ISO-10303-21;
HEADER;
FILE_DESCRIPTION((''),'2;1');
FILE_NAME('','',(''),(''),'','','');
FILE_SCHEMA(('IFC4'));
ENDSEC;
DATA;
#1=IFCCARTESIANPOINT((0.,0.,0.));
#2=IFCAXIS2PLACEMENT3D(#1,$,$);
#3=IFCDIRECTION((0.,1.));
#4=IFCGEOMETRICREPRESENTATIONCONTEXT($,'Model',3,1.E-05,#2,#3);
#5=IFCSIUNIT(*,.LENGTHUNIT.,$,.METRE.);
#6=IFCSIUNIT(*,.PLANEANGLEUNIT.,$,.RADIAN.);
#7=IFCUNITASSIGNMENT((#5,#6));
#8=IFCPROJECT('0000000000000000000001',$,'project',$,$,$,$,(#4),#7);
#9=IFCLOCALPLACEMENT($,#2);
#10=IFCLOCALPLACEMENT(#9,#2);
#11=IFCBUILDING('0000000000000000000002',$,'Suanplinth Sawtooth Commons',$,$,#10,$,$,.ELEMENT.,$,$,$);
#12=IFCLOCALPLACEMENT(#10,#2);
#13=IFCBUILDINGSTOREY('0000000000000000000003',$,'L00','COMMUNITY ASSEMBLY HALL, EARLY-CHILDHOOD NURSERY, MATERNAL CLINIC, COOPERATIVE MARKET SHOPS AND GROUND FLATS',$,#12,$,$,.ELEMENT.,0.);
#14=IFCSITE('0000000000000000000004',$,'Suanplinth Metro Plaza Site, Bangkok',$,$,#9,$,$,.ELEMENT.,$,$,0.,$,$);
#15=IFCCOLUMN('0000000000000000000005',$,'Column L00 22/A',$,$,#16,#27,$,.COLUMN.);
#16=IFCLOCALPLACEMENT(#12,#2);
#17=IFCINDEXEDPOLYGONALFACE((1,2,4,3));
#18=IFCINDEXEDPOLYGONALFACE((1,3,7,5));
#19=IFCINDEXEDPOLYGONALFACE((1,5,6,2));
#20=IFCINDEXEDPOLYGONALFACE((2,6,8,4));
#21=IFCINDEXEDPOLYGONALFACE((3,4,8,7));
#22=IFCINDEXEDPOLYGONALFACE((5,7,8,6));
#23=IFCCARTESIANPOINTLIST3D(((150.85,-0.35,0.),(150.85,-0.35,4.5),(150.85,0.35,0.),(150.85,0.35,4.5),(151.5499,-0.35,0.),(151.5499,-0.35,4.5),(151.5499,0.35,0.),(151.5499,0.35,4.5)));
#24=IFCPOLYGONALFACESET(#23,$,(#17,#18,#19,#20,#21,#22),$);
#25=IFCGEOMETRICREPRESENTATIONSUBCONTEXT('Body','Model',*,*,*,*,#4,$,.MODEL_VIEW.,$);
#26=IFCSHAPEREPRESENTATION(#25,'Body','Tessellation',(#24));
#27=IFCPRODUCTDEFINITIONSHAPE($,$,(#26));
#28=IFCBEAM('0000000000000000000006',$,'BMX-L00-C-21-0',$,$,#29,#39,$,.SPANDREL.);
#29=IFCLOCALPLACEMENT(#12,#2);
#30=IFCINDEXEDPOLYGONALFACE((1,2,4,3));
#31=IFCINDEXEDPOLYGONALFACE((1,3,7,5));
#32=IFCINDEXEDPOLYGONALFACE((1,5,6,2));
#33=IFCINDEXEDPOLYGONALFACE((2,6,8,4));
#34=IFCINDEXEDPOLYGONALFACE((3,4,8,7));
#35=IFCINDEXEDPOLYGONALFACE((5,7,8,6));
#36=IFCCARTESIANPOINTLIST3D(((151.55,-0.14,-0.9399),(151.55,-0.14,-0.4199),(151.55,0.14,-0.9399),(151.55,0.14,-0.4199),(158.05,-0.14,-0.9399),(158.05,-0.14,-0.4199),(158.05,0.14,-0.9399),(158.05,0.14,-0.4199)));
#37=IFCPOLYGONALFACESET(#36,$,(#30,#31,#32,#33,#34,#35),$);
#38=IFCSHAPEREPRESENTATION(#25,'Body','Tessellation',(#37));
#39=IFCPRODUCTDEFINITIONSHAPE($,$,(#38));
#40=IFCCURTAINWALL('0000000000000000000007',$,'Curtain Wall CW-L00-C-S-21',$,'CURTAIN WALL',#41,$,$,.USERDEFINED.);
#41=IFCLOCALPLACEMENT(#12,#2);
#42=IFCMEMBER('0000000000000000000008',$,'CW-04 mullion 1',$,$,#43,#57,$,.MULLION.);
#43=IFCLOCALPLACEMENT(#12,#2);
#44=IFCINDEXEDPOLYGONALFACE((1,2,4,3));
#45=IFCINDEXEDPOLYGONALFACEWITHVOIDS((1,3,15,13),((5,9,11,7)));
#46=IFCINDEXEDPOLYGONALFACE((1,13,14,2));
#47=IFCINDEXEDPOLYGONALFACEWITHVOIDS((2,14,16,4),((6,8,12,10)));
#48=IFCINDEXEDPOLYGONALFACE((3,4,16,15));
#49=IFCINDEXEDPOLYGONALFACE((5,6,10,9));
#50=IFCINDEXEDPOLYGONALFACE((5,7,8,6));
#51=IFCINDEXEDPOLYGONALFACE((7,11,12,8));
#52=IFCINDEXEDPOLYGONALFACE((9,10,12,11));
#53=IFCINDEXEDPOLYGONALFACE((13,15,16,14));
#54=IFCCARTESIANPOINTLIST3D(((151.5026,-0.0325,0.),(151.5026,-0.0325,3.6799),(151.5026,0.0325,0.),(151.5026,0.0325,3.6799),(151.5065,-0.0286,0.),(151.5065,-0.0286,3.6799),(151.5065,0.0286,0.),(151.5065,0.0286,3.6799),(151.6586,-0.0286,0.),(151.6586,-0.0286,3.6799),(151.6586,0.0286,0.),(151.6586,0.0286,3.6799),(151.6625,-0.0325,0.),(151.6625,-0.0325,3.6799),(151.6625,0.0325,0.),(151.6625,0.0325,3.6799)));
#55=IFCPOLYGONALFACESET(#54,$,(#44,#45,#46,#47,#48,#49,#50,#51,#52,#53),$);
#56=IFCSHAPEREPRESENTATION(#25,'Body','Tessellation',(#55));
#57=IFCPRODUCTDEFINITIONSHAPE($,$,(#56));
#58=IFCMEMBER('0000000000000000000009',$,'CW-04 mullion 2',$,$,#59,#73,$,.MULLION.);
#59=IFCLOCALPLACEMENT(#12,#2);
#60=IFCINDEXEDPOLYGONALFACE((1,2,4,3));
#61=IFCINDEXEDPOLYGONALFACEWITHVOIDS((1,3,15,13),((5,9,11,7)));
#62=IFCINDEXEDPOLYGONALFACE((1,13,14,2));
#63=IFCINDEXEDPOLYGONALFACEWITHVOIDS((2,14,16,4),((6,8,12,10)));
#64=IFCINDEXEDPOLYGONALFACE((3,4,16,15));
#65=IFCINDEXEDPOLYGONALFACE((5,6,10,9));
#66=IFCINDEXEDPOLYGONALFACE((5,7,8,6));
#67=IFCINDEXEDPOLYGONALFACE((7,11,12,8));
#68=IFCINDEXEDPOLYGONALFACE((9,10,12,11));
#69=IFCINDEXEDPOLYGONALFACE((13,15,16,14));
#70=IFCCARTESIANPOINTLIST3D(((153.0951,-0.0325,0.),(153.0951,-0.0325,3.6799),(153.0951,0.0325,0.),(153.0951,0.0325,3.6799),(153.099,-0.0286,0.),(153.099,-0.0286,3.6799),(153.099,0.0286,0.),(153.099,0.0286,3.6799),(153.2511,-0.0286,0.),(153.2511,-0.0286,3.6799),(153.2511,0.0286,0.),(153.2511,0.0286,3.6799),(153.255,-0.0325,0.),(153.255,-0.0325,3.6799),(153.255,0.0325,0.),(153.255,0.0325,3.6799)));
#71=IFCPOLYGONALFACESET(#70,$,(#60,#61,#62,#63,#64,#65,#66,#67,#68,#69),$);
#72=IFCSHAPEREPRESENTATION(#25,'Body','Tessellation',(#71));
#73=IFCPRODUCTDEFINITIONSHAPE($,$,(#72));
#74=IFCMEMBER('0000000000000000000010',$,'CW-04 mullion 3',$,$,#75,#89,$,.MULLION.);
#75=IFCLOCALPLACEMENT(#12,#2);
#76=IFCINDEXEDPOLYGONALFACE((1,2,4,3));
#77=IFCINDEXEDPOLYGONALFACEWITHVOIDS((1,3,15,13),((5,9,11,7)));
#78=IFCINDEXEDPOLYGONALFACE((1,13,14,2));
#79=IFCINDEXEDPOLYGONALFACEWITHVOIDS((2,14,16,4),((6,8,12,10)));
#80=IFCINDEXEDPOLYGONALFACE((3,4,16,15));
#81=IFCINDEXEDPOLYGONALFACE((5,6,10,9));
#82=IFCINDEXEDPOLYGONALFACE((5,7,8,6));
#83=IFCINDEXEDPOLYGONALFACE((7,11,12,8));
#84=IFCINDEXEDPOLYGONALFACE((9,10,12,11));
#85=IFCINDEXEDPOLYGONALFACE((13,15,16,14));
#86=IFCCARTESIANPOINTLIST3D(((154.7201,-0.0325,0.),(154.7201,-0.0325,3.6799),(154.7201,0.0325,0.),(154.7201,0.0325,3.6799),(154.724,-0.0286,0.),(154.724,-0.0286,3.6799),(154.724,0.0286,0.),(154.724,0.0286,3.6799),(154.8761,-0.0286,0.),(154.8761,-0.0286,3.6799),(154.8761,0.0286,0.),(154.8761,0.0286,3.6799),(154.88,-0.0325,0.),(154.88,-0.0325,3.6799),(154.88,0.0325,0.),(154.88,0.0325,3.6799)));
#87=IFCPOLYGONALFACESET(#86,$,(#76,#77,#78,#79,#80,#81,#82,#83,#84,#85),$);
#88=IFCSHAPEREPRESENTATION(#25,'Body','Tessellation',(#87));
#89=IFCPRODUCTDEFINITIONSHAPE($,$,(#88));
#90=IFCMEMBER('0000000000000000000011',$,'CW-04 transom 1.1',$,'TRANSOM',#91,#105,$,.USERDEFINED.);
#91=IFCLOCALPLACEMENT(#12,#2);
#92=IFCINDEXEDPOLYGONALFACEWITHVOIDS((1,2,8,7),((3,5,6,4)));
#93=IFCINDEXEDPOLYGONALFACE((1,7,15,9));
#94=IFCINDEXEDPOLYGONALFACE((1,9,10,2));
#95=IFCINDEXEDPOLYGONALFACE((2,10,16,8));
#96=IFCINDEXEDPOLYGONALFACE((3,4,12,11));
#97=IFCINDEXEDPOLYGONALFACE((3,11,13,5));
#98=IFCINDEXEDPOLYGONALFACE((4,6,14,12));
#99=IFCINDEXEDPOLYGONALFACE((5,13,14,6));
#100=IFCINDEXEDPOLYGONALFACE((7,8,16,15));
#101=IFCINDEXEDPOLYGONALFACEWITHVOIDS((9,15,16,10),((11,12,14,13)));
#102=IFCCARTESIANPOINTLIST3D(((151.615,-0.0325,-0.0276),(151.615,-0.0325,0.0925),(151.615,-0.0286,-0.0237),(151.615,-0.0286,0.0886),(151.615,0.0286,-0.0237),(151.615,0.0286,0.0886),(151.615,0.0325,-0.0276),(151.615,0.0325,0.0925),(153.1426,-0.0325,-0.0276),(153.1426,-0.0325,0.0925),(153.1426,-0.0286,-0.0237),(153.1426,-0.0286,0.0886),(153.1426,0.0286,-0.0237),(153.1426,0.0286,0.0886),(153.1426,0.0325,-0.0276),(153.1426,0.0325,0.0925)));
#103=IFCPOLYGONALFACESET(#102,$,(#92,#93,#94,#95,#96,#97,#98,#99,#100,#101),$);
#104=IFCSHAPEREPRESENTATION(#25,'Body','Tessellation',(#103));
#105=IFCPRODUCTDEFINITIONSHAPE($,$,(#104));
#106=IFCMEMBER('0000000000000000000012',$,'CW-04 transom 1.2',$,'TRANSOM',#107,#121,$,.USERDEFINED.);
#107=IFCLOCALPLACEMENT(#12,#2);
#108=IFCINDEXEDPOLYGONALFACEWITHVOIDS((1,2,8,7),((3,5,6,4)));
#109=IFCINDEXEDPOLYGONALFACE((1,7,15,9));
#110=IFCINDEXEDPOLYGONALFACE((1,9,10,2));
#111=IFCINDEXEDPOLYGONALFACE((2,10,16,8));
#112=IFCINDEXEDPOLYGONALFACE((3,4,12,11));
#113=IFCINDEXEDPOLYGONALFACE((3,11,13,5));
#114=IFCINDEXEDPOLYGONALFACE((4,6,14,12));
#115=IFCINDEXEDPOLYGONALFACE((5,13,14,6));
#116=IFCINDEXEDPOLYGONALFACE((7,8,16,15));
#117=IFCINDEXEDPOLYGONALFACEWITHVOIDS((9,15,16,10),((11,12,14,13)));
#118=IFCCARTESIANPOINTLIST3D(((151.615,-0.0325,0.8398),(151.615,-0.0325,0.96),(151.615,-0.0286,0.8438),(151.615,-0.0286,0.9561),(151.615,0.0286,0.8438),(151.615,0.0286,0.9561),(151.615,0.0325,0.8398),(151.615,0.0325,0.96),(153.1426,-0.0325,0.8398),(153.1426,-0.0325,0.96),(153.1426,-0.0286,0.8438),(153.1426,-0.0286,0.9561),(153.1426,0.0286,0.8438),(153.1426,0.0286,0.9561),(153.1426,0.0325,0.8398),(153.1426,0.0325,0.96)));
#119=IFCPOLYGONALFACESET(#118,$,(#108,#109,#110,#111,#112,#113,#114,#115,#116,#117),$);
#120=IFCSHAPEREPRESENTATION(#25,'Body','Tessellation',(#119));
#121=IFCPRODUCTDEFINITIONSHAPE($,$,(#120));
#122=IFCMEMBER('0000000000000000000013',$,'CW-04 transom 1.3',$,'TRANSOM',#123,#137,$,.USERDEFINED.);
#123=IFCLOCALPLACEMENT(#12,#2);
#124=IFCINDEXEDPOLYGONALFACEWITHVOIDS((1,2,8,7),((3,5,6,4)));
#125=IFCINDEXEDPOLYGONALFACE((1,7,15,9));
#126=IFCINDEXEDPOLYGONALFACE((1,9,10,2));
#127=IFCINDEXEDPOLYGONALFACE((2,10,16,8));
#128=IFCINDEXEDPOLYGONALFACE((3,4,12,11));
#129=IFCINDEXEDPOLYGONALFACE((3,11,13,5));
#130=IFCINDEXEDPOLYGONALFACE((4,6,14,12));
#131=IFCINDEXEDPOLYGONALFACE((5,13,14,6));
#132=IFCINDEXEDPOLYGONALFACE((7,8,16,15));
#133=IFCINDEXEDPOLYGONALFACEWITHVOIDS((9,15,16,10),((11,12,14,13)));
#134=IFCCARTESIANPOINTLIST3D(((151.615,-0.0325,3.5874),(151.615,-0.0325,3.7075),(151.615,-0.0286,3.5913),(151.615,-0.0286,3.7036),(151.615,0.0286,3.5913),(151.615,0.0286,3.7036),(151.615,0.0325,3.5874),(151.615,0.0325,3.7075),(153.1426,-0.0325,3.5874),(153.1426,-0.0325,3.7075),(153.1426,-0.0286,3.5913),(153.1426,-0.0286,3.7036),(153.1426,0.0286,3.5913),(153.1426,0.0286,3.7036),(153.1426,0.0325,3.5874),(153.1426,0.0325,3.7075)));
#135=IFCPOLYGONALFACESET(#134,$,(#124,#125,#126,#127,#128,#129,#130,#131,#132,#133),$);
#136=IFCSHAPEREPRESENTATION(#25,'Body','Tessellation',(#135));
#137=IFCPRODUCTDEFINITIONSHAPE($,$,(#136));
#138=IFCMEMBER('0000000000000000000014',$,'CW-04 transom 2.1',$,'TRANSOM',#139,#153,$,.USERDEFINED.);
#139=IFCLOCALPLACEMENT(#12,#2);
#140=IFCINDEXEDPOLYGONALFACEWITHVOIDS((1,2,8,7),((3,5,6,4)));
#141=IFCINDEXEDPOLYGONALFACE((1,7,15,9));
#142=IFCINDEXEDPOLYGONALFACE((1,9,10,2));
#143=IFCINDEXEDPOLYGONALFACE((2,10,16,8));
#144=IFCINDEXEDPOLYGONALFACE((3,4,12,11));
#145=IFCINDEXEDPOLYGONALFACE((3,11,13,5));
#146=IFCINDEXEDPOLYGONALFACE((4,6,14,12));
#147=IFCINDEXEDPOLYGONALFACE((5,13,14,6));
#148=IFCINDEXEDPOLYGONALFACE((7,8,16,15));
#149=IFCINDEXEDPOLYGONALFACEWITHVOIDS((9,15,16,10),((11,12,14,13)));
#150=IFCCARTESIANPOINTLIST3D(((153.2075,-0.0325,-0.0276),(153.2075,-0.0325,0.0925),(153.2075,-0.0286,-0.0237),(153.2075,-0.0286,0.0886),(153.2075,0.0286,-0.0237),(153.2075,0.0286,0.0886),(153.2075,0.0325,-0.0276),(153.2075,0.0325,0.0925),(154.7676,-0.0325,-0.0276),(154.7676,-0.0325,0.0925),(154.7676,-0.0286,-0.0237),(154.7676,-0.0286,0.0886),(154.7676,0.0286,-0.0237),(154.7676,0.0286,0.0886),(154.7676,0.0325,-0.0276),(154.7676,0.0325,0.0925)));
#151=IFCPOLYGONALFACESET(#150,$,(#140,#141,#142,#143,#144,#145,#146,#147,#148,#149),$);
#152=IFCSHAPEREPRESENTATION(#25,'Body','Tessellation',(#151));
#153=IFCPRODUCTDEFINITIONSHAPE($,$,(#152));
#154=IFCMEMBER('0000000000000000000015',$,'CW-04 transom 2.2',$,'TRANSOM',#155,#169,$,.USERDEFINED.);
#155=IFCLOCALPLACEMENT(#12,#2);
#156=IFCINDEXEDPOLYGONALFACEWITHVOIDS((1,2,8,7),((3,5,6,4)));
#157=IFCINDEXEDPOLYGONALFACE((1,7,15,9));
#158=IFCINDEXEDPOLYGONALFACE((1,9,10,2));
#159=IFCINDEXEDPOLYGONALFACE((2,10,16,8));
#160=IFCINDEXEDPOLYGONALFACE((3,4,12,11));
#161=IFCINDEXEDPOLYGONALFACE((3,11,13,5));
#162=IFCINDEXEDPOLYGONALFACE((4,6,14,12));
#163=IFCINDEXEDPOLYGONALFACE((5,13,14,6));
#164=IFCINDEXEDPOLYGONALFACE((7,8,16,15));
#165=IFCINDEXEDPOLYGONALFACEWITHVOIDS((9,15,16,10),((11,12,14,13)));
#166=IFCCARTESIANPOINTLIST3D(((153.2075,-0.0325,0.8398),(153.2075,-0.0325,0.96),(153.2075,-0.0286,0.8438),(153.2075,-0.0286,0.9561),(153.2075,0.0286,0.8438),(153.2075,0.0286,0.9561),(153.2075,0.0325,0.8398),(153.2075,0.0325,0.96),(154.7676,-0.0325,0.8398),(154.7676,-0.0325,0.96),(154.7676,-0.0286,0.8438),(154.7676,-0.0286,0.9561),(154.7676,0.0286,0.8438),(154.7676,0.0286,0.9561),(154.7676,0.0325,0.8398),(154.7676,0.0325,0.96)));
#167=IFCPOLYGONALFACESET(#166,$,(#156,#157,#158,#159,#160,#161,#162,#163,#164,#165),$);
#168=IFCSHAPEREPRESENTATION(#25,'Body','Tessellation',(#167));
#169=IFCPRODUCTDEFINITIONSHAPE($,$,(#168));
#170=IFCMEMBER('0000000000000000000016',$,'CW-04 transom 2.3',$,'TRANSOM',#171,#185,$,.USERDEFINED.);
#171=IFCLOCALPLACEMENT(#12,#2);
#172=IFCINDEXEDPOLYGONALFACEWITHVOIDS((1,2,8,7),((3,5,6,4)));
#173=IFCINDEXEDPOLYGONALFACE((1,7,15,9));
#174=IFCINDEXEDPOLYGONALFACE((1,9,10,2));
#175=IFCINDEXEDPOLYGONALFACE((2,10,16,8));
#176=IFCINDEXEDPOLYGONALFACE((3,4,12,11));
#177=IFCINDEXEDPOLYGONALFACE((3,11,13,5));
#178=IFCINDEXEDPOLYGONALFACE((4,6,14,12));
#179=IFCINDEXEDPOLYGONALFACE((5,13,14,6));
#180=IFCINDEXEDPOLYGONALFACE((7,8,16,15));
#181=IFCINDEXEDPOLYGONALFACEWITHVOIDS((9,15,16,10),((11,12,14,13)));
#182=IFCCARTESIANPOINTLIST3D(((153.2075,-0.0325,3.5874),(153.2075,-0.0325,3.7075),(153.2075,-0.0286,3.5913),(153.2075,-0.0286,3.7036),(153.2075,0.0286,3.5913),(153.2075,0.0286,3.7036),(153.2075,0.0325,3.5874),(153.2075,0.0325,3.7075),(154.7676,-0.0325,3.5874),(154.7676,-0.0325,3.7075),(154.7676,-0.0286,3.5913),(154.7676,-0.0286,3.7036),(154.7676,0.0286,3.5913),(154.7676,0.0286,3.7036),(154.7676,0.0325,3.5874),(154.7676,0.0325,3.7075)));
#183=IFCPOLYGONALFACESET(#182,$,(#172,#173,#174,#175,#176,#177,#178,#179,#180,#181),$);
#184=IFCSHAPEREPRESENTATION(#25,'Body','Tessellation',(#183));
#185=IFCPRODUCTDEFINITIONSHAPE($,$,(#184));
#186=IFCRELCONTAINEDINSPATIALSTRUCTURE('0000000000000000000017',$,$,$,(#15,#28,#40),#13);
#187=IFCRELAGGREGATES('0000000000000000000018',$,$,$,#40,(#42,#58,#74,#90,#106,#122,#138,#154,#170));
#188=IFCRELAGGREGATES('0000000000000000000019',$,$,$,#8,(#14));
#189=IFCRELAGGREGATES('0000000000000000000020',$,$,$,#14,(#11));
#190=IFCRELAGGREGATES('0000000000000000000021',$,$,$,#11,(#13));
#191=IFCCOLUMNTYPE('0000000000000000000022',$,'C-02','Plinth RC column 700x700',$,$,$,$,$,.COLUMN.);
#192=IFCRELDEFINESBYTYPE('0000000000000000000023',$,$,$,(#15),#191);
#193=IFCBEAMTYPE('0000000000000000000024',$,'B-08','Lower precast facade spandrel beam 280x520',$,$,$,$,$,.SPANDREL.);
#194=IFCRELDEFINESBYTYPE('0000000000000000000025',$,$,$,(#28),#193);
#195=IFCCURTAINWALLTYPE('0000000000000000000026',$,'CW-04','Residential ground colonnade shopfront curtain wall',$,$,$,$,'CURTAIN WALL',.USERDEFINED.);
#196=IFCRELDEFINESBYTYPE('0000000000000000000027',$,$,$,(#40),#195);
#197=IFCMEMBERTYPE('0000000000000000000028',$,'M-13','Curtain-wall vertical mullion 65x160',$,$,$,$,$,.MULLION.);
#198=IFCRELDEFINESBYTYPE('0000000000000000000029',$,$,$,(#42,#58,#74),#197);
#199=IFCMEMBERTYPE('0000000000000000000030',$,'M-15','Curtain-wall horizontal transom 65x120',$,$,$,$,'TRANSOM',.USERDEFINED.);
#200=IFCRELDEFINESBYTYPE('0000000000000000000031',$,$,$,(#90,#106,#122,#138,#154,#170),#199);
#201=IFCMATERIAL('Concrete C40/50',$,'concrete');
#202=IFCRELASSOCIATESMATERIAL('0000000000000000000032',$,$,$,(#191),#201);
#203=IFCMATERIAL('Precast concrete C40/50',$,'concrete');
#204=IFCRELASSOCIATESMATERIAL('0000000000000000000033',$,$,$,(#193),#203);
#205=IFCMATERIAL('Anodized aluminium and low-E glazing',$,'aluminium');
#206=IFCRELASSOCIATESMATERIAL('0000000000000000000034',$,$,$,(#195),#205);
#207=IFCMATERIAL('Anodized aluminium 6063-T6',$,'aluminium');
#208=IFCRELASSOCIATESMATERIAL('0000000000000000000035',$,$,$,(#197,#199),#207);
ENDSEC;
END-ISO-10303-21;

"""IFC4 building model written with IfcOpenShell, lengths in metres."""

from ifc_helpers import new_model, si_unit, direction, frame, origin, origin_2d, place, context, subcontext, project, spatial, rectangle, hollow_rectangle, extrude, material, material_profile, profile_set, type_object, element, aggregate, save


model = new_model("IFC4")

# Units and contexts
model_context = context("Model", 3, precision=1e-05, world=origin(), true_north=direction((0.0, 1.0)))
body_context = subcontext(model_context, "Body", "Model", "MODEL_VIEW")
ifc_project = project(units=[si_unit("LENGTHUNIT", "METRE"), si_unit("PLANEANGLEUNIT", "RADIAN")], contexts=[model_context])

# Site, building, storey
site_placement = place(None, origin())
site = spatial("IfcSite", under=ifc_project, at=site_placement, Name="Suanplinth Metro Plaza Site, Bangkok", CompositionType="ELEMENT", RefElevation=0.0)
building_placement = place(site_placement, origin())
building = spatial("IfcBuilding", under=site, at=building_placement, Name="Suanplinth Sawtooth Commons", CompositionType="ELEMENT")
storey_placement = place(building_placement, origin())
storey = spatial("IfcBuildingStorey", under=building, at=storey_placement, Name="L00", Description="COMMUNITY ASSEMBLY HALL, EARLY-CHILDHOOD NURSERY, MATERNAL CLINIC, COOPERATIVE MARKET SHOPS AND GROUND FLATS", CompositionType="ELEMENT", Elevation=0.0)

# Column
ifc_material_1 = material(Name="Concrete C40/50", Category="concrete")
ifc_material_profile_1 = material_profile(ifc_material_1, rectangle(XDim=0.7, YDim=0.7, at=origin_2d()), Name="RC-COL 700x700")
ifc_profile_set_1 = profile_set([ifc_material_profile_1], Name="Concrete C40/50")
column_type = type_object("IfcColumnType", Name="C-02", Description="Plinth RC column 700x700", PredefinedType="COLUMN", material=ifc_profile_set_1)
column_placement = place(storey_placement, frame((151.2, 0.0, 0.0), z_axis=(0.0, 0.0, 1.0), x_axis=(1.0, 0.0, 0.0)))
element("IfcColumn", 1, at=column_placement, inside=storey, type_object=column_type, Name="Column L00 22/A", PredefinedType="COLUMN", context=body_context, shape_type="SweptSolid", body=[
    extrude(rectangle(XDim=0.7, YDim=0.7, at=origin_2d()), origin(), (0.0, 0.0, 1.0), 4.5),
])

# Beam
ifc_material_2 = material(Name="Precast concrete C40/50", Category="concrete")
ifc_material_profile_2 = material_profile(ifc_material_2, rectangle(XDim=0.28, YDim=0.52, at=origin_2d()), Name="PC-SP 280x520")
ifc_profile_set_2 = profile_set([ifc_material_profile_2], Name="Precast concrete C40/50")
beam_type = type_object("IfcBeamType", Name="B-08", Description="Lower precast facade spandrel beam 280x520", PredefinedType="SPANDREL", material=ifc_profile_set_2)
beam_placement = place(storey_placement, frame((151.55, 0.0, -0.6799), z_axis=(1.0, 0.0, 0.0), x_axis=(0.0, 1.0, 0.0)))
element("IfcBeam", 2, at=beam_placement, inside=storey, type_object=beam_type, Name="BMX-L00-C-21-0", PredefinedType="SPANDREL", context=body_context, shape_type="SweptSolid", body=[
    extrude(rectangle(XDim=0.28, YDim=0.52, at=origin_2d()), origin(), (0.0, 0.0, 1.0), 6.5),
])

# Curtain wall, members
ifc_material_3 = material(Name="Anodized aluminium and low-E glazing", Category="aluminium")
curtain_wall_type = type_object("IfcCurtainWallType", Name="CW-04", Description="Residential ground colonnade shopfront curtain wall", ElementType="CURTAIN WALL", PredefinedType="USERDEFINED", material=ifc_material_3)
curtain_wall_placement = place(storey_placement, origin())
curtain_wall = element("IfcCurtainWall", 3, at=curtain_wall_placement, inside=storey, type_object=curtain_wall_type, Name="Curtain Wall CW-L00-C-S-21", ObjectType="CURTAIN WALL", PredefinedType="USERDEFINED")
ifc_material_4 = material(Name="Anodized aluminium 6063-T6", Category="aluminium")
ifc_material_profile_3 = material_profile(ifc_material_4, hollow_rectangle(XDim=0.0649, YDim=0.1599, WallThickness=0.0039, at=origin_2d()), Name="ALU-MUL 65x160")
ifc_profile_set_3 = profile_set([ifc_material_profile_3], Name="Anodized aluminium 6063-T6")
member_type_1 = type_object("IfcMemberType", Name="M-13", Description="Curtain-wall vertical mullion 65x160", PredefinedType="MULLION", material=ifc_profile_set_3)
member_1_placement = place(storey_placement, frame((151.5825, 0.0, 0.0), z_axis=(0.0, 0.0, 1.0), x_axis=(0.0, 1.0, 0.0)))
member_1 = element("IfcMember", 4, at=member_1_placement, type_object=member_type_1, Name="CW-04 mullion 1", PredefinedType="MULLION", context=body_context, shape_type="SweptSolid", body=[
    extrude(hollow_rectangle(XDim=0.0649, YDim=0.1599, WallThickness=0.0039, at=origin_2d()), origin(), (0.0, 0.0, 1.0), 3.6799),
])
member_2_placement = place(storey_placement, frame((153.175, 0.0, 0.0), z_axis=(0.0, 0.0, 1.0), x_axis=(0.0, 1.0, 0.0)))
member_2 = element("IfcMember", 5, at=member_2_placement, type_object=member_type_1, Name="CW-04 mullion 2", PredefinedType="MULLION", context=body_context, shape_type="SweptSolid", body=[
    extrude(hollow_rectangle(XDim=0.0649, YDim=0.1599, WallThickness=0.0039, at=origin_2d()), origin(), (0.0, 0.0, 1.0), 3.6799),
])
member_3_placement = place(storey_placement, frame((154.8, 0.0, 0.0), z_axis=(0.0, 0.0, 1.0), x_axis=(0.0, 1.0, 0.0)))
member_3 = element("IfcMember", 6, at=member_3_placement, type_object=member_type_1, Name="CW-04 mullion 3", PredefinedType="MULLION", context=body_context, shape_type="SweptSolid", body=[
    extrude(hollow_rectangle(XDim=0.0649, YDim=0.1599, WallThickness=0.0039, at=origin_2d()), origin(), (0.0, 0.0, 1.0), 3.6799),
])
ifc_material_profile_4 = material_profile(ifc_material_4, hollow_rectangle(XDim=0.0649, YDim=0.1201, WallThickness=0.0039, at=origin_2d()), Name="ALU-TRN 65x120")
ifc_profile_set_4 = profile_set([ifc_material_profile_4], Name="Anodized aluminium 6063-T6")
member_type_2 = type_object("IfcMemberType", Name="M-15", Description="Curtain-wall horizontal transom 65x120", ElementType="TRANSOM", PredefinedType="USERDEFINED", material=ifc_profile_set_4)
member_4_placement = place(storey_placement, frame((151.615, 0.0, 0.0325), z_axis=(1.0, 0.0, 0.0), x_axis=(0.0, 1.0, 0.0)))
member_4 = element("IfcMember", 7, at=member_4_placement, type_object=member_type_2, Name="CW-04 transom 1.1", ObjectType="TRANSOM", PredefinedType="USERDEFINED", context=body_context, shape_type="SweptSolid", body=[
    extrude(hollow_rectangle(XDim=0.0649, YDim=0.1201, WallThickness=0.0039, at=origin_2d()), origin(), (0.0, 0.0, 1.0), 1.5276),
])
member_5_placement = place(storey_placement, frame((151.615, 0.0, 0.8999), z_axis=(1.0, 0.0, 0.0), x_axis=(0.0, 1.0, 0.0)))
member_5 = element("IfcMember", 8, at=member_5_placement, type_object=member_type_2, Name="CW-04 transom 1.2", ObjectType="TRANSOM", PredefinedType="USERDEFINED", context=body_context, shape_type="SweptSolid", body=[
    extrude(hollow_rectangle(XDim=0.0649, YDim=0.1201, WallThickness=0.0039, at=origin_2d()), origin(), (0.0, 0.0, 1.0), 1.5276),
])
member_6_placement = place(storey_placement, frame((151.615, 0.0, 3.6475), z_axis=(1.0, 0.0, 0.0), x_axis=(0.0, 1.0, 0.0)))
member_6 = element("IfcMember", 9, at=member_6_placement, type_object=member_type_2, Name="CW-04 transom 1.3", ObjectType="TRANSOM", PredefinedType="USERDEFINED", context=body_context, shape_type="SweptSolid", body=[
    extrude(hollow_rectangle(XDim=0.0649, YDim=0.1201, WallThickness=0.0039, at=origin_2d()), origin(), (0.0, 0.0, 1.0), 1.5276),
])
member_7_placement = place(storey_placement, frame((153.2075, 0.0, 0.0325), z_axis=(1.0, 0.0, 0.0), x_axis=(0.0, 1.0, 0.0)))
member_7 = element("IfcMember", 10, at=member_7_placement, type_object=member_type_2, Name="CW-04 transom 2.1", ObjectType="TRANSOM", PredefinedType="USERDEFINED", context=body_context, shape_type="SweptSolid", body=[
    extrude(hollow_rectangle(XDim=0.0649, YDim=0.1201, WallThickness=0.0039, at=origin_2d()), origin(), (0.0, 0.0, 1.0), 1.5601),
])
member_8_placement = place(storey_placement, frame((153.2075, 0.0, 0.8999), z_axis=(1.0, 0.0, 0.0), x_axis=(0.0, 1.0, 0.0)))
member_8 = element("IfcMember", 11, at=member_8_placement, type_object=member_type_2, Name="CW-04 transom 2.2", ObjectType="TRANSOM", PredefinedType="USERDEFINED", context=body_context, shape_type="SweptSolid", body=[
    extrude(hollow_rectangle(XDim=0.0649, YDim=0.1201, WallThickness=0.0039, at=origin_2d()), origin(), (0.0, 0.0, 1.0), 1.5601),
])
member_9_placement = place(storey_placement, frame((153.2075, 0.0, 3.6475), z_axis=(1.0, 0.0, 0.0), x_axis=(0.0, 1.0, 0.0)))
member_9 = element("IfcMember", 12, at=member_9_placement, type_object=member_type_2, Name="CW-04 transom 2.3", ObjectType="TRANSOM", PredefinedType="USERDEFINED", context=body_context, shape_type="SweptSolid", body=[
    extrude(hollow_rectangle(XDim=0.0649, YDim=0.1201, WallThickness=0.0039, at=origin_2d()), origin(), (0.0, 0.0, 1.0), 1.5601),
])
aggregate(curtain_wall, [member_1, member_2, member_3, member_4, member_5, member_6, member_7, member_8, member_9])

save(model, "model.ifc")
